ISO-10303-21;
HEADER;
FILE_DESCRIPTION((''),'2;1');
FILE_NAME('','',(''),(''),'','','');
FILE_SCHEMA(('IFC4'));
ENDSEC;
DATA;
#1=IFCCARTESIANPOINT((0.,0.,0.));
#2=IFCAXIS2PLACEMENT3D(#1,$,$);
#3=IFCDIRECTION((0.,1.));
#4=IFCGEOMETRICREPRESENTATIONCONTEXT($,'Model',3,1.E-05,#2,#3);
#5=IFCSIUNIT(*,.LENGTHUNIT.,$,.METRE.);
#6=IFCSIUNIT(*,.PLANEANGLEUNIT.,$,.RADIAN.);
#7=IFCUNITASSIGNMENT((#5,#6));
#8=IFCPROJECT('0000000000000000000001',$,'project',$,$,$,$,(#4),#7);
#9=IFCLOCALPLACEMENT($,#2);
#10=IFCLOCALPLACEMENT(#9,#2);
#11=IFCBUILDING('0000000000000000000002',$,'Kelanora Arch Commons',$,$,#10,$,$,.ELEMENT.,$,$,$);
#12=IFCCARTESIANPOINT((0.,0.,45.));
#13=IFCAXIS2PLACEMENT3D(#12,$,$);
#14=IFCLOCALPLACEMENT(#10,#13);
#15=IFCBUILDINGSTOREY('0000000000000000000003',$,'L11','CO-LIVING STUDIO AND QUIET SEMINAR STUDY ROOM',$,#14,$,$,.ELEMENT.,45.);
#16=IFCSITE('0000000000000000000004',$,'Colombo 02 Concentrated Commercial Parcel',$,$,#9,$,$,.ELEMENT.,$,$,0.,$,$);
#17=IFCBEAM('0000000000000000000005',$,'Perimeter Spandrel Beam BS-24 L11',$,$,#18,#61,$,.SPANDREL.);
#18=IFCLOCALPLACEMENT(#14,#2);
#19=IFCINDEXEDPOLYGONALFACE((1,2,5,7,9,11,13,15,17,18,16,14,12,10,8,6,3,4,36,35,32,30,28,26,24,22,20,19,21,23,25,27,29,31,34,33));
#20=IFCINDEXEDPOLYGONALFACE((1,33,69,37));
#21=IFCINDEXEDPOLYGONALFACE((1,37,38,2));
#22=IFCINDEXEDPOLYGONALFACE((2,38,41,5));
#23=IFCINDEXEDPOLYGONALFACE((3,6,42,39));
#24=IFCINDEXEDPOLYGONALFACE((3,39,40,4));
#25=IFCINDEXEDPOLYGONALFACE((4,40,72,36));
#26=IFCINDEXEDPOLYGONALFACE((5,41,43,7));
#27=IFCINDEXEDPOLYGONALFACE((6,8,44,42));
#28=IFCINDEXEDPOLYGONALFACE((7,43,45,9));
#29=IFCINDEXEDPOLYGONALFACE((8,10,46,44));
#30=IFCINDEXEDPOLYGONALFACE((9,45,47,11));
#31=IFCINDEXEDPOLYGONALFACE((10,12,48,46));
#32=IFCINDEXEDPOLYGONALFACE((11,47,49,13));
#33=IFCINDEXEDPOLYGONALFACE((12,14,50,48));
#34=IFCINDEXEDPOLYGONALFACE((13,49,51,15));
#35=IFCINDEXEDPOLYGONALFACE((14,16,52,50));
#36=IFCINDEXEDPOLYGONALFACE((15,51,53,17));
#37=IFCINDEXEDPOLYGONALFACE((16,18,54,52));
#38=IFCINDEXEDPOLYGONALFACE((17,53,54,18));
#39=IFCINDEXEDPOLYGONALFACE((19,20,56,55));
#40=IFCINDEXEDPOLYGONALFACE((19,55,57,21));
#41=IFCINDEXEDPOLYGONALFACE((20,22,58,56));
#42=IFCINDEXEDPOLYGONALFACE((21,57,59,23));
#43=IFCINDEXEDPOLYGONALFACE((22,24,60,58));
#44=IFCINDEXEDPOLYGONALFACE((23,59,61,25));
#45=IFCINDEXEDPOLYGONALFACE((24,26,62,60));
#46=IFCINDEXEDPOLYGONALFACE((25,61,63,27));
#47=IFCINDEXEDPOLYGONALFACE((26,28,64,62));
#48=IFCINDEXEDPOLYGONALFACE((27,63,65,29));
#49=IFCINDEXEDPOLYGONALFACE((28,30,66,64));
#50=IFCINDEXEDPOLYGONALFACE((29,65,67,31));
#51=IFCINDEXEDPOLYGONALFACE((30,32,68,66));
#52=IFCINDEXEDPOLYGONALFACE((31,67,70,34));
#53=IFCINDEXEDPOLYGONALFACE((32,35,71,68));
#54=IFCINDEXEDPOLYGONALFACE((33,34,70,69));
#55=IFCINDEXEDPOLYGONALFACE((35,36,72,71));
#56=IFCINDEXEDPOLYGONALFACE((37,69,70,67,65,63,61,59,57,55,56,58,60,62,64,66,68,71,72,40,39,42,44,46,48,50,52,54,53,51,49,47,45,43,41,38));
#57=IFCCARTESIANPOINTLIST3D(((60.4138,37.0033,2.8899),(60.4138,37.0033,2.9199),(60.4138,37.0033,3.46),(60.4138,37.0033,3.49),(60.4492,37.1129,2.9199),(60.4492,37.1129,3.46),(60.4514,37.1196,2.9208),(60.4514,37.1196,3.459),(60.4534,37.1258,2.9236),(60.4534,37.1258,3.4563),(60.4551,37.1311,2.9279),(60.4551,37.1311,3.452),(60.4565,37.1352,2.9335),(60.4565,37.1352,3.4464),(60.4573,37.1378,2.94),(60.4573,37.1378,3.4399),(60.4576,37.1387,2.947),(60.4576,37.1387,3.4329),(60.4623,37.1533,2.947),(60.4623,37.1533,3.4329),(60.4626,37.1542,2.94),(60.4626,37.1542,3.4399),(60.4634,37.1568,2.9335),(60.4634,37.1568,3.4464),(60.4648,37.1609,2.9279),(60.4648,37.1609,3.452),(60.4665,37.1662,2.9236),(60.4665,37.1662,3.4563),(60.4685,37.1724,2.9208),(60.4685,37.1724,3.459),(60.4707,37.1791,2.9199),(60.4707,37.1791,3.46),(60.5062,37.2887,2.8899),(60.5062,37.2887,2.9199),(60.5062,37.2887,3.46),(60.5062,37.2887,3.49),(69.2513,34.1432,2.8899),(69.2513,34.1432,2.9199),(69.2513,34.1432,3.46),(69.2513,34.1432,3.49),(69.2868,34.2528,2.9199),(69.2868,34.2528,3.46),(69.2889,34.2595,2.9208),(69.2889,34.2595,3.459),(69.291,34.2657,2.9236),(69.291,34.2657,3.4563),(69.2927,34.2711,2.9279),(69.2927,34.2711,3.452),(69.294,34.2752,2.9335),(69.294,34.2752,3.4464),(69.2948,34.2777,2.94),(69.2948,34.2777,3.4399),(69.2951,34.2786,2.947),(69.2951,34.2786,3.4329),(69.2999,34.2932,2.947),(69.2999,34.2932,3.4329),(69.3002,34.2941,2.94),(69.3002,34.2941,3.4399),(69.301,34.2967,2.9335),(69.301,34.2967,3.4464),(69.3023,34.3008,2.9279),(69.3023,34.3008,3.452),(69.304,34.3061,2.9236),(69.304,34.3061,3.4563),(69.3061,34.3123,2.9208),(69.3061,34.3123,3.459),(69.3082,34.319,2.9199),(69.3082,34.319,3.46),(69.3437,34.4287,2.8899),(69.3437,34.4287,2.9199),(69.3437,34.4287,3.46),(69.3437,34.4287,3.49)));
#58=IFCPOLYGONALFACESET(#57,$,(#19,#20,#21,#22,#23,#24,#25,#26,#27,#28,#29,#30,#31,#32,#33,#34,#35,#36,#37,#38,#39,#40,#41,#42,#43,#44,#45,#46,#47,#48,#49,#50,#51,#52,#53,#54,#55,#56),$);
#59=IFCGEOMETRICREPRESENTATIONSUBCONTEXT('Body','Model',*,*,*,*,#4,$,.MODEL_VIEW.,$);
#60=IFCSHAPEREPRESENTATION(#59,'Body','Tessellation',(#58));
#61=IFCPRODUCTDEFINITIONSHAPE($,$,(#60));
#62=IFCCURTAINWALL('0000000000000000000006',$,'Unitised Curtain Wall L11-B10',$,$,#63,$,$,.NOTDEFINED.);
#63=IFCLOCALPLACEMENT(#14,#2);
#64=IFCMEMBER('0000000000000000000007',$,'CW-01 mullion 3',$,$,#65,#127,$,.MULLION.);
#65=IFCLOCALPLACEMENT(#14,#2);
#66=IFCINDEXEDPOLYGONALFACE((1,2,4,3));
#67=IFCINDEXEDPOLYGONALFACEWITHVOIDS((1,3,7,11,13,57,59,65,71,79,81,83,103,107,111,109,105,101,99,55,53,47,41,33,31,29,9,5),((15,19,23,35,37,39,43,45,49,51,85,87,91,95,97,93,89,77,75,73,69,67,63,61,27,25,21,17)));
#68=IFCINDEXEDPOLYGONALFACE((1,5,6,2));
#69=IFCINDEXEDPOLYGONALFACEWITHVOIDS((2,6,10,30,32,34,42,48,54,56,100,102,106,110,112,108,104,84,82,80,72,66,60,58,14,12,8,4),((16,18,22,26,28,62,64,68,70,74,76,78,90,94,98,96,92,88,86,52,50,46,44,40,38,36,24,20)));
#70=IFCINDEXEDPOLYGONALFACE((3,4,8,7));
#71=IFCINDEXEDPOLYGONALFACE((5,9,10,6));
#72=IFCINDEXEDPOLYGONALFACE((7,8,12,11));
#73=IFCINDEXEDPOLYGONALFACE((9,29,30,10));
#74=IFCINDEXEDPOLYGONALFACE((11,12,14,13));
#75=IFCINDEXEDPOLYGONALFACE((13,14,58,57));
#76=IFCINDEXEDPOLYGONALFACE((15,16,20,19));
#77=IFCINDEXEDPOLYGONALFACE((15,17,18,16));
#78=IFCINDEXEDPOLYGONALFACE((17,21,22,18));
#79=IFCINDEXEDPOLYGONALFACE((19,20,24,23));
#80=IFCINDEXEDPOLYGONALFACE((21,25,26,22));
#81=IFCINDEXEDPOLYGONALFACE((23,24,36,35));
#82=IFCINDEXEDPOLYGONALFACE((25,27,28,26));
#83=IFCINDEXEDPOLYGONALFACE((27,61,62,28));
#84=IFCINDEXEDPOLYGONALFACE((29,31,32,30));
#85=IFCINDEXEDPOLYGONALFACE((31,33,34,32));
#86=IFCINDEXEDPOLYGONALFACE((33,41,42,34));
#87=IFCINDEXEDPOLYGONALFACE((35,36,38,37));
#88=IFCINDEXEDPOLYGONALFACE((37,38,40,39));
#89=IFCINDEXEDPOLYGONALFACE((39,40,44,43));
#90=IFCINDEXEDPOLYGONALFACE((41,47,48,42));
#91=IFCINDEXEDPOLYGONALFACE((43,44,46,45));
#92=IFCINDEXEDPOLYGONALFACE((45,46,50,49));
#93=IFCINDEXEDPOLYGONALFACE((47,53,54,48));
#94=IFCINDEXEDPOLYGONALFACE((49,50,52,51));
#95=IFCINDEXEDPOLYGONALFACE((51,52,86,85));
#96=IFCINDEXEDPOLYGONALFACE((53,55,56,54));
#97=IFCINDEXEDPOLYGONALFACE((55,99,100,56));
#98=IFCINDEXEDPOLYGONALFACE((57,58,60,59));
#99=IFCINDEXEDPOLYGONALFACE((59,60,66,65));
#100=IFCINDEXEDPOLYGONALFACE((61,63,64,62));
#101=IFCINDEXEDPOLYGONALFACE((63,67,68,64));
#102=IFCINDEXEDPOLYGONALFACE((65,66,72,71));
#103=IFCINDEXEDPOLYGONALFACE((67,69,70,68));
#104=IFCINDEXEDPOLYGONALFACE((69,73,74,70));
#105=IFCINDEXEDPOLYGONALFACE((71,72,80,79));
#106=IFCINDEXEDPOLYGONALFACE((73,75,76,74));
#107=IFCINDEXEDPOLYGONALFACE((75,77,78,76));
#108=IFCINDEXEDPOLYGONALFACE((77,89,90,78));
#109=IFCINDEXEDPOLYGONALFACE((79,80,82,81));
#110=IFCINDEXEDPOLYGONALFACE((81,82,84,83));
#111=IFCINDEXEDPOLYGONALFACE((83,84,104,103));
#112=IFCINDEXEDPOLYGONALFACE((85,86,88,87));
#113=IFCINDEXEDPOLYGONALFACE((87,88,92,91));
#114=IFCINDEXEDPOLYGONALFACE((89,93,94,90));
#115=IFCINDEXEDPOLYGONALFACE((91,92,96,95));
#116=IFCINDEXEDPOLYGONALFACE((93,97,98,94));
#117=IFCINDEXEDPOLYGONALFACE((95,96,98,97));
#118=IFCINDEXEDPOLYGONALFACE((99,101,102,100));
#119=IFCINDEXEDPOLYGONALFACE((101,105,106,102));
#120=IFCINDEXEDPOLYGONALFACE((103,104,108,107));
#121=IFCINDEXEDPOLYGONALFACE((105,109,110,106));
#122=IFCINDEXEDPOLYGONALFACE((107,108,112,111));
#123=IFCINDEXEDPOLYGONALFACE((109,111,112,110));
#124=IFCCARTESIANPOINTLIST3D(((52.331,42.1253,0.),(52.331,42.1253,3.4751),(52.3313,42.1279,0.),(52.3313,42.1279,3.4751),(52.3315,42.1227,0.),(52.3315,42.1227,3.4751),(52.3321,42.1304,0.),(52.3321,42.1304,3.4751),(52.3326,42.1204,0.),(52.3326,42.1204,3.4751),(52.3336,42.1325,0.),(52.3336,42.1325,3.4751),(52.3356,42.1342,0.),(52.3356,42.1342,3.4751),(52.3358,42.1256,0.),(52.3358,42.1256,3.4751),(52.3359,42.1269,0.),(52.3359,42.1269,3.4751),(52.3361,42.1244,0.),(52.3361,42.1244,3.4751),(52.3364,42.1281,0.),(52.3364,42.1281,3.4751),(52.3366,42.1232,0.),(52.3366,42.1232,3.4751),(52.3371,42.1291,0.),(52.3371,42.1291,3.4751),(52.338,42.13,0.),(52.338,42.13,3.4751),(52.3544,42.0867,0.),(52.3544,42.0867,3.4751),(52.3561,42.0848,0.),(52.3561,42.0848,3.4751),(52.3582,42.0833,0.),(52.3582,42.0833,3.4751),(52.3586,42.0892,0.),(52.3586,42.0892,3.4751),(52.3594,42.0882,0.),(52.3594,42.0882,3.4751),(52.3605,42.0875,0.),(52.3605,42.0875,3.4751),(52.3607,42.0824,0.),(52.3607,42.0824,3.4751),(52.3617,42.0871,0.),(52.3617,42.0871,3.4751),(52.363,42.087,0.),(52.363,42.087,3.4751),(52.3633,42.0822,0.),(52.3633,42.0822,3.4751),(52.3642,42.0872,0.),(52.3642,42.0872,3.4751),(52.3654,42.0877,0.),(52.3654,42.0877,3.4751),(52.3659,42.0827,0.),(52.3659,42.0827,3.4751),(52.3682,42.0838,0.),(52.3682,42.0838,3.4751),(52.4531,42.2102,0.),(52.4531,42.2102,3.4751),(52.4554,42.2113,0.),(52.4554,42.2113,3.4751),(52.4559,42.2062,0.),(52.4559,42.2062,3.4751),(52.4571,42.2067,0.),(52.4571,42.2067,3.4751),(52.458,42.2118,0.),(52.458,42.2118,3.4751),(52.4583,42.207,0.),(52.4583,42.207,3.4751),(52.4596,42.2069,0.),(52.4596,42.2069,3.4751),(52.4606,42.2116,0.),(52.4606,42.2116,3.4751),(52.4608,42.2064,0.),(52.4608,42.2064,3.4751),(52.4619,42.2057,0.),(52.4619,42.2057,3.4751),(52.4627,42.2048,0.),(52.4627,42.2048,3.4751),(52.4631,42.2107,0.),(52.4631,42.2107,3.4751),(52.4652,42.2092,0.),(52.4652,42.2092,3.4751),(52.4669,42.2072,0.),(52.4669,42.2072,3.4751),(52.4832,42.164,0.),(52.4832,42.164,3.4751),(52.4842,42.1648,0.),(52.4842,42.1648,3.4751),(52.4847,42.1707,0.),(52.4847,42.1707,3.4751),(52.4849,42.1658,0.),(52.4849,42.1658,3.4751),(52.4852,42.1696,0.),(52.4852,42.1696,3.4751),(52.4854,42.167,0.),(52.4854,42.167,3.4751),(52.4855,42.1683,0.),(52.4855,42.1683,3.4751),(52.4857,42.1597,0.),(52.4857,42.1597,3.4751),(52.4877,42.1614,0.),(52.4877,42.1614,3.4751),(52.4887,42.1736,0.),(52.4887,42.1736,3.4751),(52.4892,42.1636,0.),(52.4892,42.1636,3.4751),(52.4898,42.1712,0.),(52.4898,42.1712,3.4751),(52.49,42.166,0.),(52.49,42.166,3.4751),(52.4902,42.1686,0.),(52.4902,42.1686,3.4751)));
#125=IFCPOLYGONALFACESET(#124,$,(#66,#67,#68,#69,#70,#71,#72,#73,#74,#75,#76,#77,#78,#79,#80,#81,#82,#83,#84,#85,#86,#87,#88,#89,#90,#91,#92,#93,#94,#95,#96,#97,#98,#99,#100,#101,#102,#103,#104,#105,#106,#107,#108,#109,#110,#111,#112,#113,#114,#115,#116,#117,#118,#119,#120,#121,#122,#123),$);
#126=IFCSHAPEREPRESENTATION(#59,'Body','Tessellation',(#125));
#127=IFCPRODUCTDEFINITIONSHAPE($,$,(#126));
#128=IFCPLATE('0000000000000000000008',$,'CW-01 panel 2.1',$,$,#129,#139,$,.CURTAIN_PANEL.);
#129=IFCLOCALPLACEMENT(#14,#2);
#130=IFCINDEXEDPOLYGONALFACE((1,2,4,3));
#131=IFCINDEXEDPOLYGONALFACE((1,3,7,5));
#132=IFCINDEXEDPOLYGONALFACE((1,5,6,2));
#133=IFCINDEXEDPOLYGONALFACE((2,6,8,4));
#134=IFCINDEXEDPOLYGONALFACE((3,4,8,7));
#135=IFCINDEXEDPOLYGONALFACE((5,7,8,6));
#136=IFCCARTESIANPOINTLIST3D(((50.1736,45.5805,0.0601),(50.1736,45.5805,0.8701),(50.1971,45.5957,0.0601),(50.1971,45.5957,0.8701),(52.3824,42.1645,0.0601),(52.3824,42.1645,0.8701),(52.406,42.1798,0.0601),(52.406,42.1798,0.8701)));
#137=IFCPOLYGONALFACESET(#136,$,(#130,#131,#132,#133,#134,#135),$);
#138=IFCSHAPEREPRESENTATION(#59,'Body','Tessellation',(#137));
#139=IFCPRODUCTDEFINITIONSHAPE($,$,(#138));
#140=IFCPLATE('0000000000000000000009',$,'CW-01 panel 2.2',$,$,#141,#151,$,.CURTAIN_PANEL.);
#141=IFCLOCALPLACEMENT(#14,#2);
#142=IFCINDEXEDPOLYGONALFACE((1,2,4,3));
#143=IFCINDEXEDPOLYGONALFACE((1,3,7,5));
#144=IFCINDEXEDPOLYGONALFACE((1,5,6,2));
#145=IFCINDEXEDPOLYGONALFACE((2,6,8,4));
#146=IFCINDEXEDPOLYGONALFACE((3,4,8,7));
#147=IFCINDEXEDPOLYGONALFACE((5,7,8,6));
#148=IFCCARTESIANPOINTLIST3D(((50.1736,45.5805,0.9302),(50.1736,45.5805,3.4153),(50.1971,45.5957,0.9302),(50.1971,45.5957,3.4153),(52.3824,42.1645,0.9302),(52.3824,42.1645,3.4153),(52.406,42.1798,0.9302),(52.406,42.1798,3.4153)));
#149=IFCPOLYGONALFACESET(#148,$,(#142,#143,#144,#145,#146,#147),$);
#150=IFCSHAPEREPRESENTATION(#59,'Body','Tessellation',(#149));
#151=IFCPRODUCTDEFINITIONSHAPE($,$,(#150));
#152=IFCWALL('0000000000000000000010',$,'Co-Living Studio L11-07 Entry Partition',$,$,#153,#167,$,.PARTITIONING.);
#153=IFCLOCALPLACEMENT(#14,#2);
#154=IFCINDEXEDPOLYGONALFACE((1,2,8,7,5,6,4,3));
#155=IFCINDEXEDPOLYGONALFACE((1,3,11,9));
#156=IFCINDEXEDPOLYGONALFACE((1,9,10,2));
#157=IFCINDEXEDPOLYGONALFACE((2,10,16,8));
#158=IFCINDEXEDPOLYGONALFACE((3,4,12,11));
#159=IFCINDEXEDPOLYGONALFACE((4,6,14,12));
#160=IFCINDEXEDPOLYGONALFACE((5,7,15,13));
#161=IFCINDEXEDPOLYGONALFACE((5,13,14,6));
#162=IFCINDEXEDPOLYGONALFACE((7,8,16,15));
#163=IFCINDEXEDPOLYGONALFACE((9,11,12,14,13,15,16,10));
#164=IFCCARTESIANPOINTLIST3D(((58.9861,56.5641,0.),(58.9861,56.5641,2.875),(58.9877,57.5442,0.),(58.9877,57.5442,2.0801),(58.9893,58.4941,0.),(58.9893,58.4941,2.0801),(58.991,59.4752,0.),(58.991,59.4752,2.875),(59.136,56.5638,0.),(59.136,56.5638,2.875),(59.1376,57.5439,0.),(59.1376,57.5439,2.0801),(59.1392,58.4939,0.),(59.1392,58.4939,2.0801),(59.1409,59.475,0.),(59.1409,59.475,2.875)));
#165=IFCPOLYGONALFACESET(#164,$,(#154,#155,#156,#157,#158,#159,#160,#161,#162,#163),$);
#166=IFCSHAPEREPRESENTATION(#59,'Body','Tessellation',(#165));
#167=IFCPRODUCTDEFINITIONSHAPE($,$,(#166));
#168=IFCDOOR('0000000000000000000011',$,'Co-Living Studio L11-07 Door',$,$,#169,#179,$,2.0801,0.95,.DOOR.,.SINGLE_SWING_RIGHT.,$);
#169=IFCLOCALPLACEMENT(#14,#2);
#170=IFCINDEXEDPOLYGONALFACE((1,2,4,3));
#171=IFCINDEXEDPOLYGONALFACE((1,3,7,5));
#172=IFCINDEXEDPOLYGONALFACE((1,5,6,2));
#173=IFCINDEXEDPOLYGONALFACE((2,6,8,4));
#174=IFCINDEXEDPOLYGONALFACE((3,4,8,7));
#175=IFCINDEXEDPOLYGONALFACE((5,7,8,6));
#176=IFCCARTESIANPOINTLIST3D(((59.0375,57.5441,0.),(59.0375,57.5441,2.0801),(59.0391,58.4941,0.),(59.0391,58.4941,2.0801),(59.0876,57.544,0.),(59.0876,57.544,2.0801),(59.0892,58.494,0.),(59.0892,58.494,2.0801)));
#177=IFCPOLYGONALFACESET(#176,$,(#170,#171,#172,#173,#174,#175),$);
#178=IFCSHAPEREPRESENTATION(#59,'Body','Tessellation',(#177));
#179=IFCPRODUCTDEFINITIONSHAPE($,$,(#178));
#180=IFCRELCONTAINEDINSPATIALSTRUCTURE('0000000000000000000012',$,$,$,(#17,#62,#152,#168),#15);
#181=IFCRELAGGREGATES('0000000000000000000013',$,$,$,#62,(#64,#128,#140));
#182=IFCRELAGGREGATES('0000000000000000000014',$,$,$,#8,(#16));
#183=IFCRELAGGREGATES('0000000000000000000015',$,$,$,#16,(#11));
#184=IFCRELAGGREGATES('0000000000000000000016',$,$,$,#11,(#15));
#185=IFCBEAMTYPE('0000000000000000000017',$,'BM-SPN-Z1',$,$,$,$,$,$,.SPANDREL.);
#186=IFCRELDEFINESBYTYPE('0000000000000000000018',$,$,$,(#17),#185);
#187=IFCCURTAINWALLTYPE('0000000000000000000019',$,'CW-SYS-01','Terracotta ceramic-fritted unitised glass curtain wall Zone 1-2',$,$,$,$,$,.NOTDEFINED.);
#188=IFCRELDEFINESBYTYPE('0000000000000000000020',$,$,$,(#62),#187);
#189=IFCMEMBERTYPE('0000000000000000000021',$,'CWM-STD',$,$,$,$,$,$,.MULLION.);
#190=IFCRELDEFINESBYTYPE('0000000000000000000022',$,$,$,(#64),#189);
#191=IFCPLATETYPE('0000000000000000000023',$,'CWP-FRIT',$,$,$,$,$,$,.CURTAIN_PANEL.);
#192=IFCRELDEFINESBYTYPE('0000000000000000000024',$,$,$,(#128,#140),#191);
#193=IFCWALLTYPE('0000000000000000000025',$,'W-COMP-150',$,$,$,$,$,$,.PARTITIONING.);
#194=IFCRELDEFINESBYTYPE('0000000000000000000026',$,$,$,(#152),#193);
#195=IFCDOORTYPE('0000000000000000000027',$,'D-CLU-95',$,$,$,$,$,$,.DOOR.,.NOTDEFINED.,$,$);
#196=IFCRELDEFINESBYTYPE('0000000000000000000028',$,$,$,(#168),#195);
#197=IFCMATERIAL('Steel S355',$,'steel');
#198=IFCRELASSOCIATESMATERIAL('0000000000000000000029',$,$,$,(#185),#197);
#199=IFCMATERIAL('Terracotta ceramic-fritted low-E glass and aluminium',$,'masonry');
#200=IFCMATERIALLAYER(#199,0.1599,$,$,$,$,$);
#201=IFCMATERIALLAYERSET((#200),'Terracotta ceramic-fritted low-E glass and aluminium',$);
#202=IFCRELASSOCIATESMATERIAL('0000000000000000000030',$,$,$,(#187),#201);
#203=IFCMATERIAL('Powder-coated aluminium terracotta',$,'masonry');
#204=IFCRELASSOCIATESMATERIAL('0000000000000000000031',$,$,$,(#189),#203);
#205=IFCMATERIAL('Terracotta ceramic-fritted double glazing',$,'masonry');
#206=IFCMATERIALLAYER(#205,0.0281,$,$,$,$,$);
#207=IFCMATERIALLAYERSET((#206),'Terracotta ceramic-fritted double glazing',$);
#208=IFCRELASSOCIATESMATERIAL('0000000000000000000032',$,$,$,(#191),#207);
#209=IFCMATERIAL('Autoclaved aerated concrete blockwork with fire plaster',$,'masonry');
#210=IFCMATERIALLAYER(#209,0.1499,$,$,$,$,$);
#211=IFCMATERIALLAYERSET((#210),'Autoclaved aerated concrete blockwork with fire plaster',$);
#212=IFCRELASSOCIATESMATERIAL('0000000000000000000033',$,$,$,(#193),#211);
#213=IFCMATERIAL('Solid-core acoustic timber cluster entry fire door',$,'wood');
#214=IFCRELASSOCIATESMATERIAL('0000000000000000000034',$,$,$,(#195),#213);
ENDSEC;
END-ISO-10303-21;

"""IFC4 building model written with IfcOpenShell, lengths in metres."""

from ifc_helpers import new_model, si_unit, direction, frame, frame_2d, origin, origin_2d, place, context, subcontext, project, spatial, rectangle, hollow_rectangle, i_section, extrude, source, transform, mapped, material, layer, layer_set, material_profile, profile_set, type_object, element, fill, aggregate, save


model = new_model("IFC4")

# Units and contexts
model_context = context("Model", 3, precision=1e-05, world=origin(), true_north=direction((0.0, 1.0)))
body_context = subcontext(model_context, "Body", "Model", "MODEL_VIEW")
ifc_project = project(units=[si_unit("LENGTHUNIT", "METRE"), si_unit("PLANEANGLEUNIT", "RADIAN")], contexts=[model_context])

# Site, building, storey
site_placement = place(None, origin())
site = spatial("IfcSite", under=ifc_project, at=site_placement, Name="Colombo 02 Concentrated Commercial Parcel", CompositionType="ELEMENT", RefElevation=0.0)
building_placement = place(site_placement, origin())
building = spatial("IfcBuilding", under=site, at=building_placement, Name="Kelanora Arch Commons", CompositionType="ELEMENT")
storey_placement = place(building_placement, frame((0.0, 0.0, 45.0)))
storey = spatial("IfcBuildingStorey", under=building, at=storey_placement, Name="L11", Description="CO-LIVING STUDIO AND QUIET SEMINAR STUDY ROOM", CompositionType="ELEMENT", Elevation=45.0)

# Beam
ifc_material_1 = material(Name="Steel S355", Category="steel")
ifc_material_profile_1 = material_profile(ifc_material_1, i_section(OverallWidth=0.3, OverallDepth=0.6001, WebThickness=0.0154, FlangeThickness=0.03, FilletRadius=0.0271, at=origin_2d()), Name="HEB600")
ifc_profile_set_1 = profile_set([ifc_material_profile_1], Name="Steel S355")
beam_type_1 = type_object("IfcBeamType", Name="BM-SPN-Z1", PredefinedType="SPANDREL", material=ifc_profile_set_1)
beam_1_placement = place(storey_placement, frame((60.46, 37.146, 3.1899), z_axis=(0.951417, -0.307905, 0.0), x_axis=(0.307905, 0.951417, 0.0)))
element("IfcBeam", 1, at=beam_1_placement, inside=storey, type_object=beam_type_1, Name="Perimeter Spandrel Beam BS-24 L11", PredefinedType="SPANDREL", context=body_context, shape_type="SweptSolid", body=[
    extrude(i_section(OverallWidth=0.3, OverallDepth=0.6001, WebThickness=0.0154, FlangeThickness=0.03, FilletRadius=0.0271, at=origin_2d()), origin(), (0.0, 0.0, 1.0), 9.2888),
])

# Curtain wall, member, plates
ifc_material_2 = material(Name="Terracotta ceramic-fritted low-E glass and aluminium", Category="masonry")
ifc_layer_1 = layer(ifc_material_2, 0.1599)
ifc_layer_set_1 = layer_set([ifc_layer_1], Name="Terracotta ceramic-fritted low-E glass and aluminium")
curtain_wall_type = type_object("IfcCurtainWallType", Name="CW-SYS-01", Description="Terracotta ceramic-fritted unitised glass curtain wall Zone 1-2", PredefinedType="NOTDEFINED", material=ifc_layer_set_1)
curtain_wall_placement = place(storey_placement, origin())
curtain_wall = element("IfcCurtainWall", 2, at=curtain_wall_placement, inside=storey, type_object=curtain_wall_type, Name="Unitised Curtain Wall L11-B10", PredefinedType="NOTDEFINED")
ifc_material_3 = material(Name="Powder-coated aluminium terracotta", Category="masonry")
ifc_material_profile_2 = material_profile(ifc_material_3, hollow_rectangle(XDim=0.1599, YDim=0.0601, WallThickness=0.0049, InnerFilletRadius=0.0049, OuterFilletRadius=0.01, at=origin_2d()), Name="CWM160x60")
ifc_profile_set_2 = profile_set([ifc_material_profile_2], Name="Powder-coated aluminium terracotta")
member_type = type_object("IfcMemberType", Name="CWM-STD", PredefinedType="MULLION", material=ifc_profile_set_2)
member_placement = place(storey_placement, frame((52.4106, 42.147, 0.0), z_axis=(0.0, 0.0, 1.0), x_axis=(0.83973, 0.543004, 0.0)))
member = element("IfcMember", 3, at=member_placement, type_object=member_type, Name="CW-01 mullion 3", PredefinedType="MULLION", context=body_context, shape_type="SweptSolid", body=[
    extrude(hollow_rectangle(XDim=0.1599, YDim=0.0601, WallThickness=0.0049, InnerFilletRadius=0.0049, OuterFilletRadius=0.01, at=origin_2d()), origin(), (0.0, 0.0, 1.0), 3.4751),
])
ifc_material_4 = material(Name="Terracotta ceramic-fritted double glazing", Category="masonry")
ifc_layer_2 = layer(ifc_material_4, 0.0281)
ifc_layer_set_2 = layer_set([ifc_layer_2], Name="Terracotta ceramic-fritted double glazing")
plate_type = type_object("IfcPlateType", Name="CWP-FRIT", PredefinedType="CURTAIN_PANEL", material=ifc_layer_set_2)
shared_shape_1 = source(origin(), body_context, "Body", "SweptSolid", [
    extrude(rectangle(XDim=4.0679, YDim=0.0281, at=origin_2d()), origin(), (0.0, 0.0, 1.0), 0.8101),
])
plate_1_placement = place(storey_placement, frame((51.2898, 43.8801, 0.0601), z_axis=(0.0, 0.0, 1.0), x_axis=(0.543004, -0.83973, 0.0)))
plate_1 = element("IfcPlate", 4, at=plate_1_placement, type_object=plate_type, Name="CW-01 panel 2.1", PredefinedType="CURTAIN_PANEL", context=body_context, shape_type="MappedRepresentation", body=[
    mapped(shared_shape_1, transform((0.0, 0.0, 0.0), scale=1.0)),
])
shared_shape_2 = source(origin(), body_context, "Body", "SweptSolid", [
    extrude(rectangle(XDim=4.0679, YDim=0.0281, at=origin_2d()), origin(), (0.0, 0.0, 1.0), 2.4851),
])
plate_2_placement = place(storey_placement, frame((51.2898, 43.8801, 0.9302), z_axis=(0.0, 0.0, 1.0), x_axis=(0.543004, -0.83973, 0.0)))
plate_2 = element("IfcPlate", 5, at=plate_2_placement, type_object=plate_type, Name="CW-01 panel 2.2", PredefinedType="CURTAIN_PANEL", context=body_context, shape_type="MappedRepresentation", body=[
    mapped(shared_shape_2, transform((0.0, 0.0, 0.0), scale=1.0)),
])
aggregate(curtain_wall, [member, plate_1, plate_2])

# Wall, opening, door
ifc_material_5 = material(Name="Autoclaved aerated concrete blockwork with fire plaster", Category="masonry")
ifc_layer_3 = layer(ifc_material_5, 0.1499)
ifc_layer_set_3 = layer_set([ifc_layer_3], Name="Autoclaved aerated concrete blockwork with fire plaster")
wall_type_1 = type_object("IfcWallType", Name="W-COMP-150", PredefinedType="PARTITIONING", material=ifc_layer_set_3)
wall_1_placement = place(storey_placement, frame((59.0659, 59.4751, 0.0), z_axis=(0.0, 0.0, 1.0), x_axis=(-0.001677, -0.999999, 0.0)))
wall_1 = element("IfcWall", 6, at=wall_1_placement, inside=storey, type_object=wall_type_1, Name="Co-Living Studio L11-07 Entry Partition", PredefinedType="PARTITIONING", context=body_context, shape_type="SweptSolid", body=[
    extrude(rectangle(XDim=2.9111, YDim=0.1499, at=frame_2d((1.4556, 0.0))), origin(), (0.0, 0.0, 1.0), 2.875),
])
opening_1_placement = place(wall_1_placement, frame((0.981, 0.0, 0.0)))
opening_1 = element("IfcOpeningElement", 7, at=opening_1_placement, cuts=wall_1, PredefinedType="OPENING", context=body_context, shape_type="SweptSolid", body=[
    extrude(rectangle(XDim=0.95, YDim=2.0801, at=frame_2d((0.4751, 1.04))), frame((0.0, 0.085, 0.0), z_axis=(0.0, -1.0, 0.0), x_axis=(1.0, 0.0, 0.0)), (0.0, 0.0, 1.0), 0.1699),
])
ifc_material_6 = material(Name="Solid-core acoustic timber cluster entry fire door", Category="wood")
door_type_1 = type_object("IfcDoorType", Name="D-CLU-95", OperationType="NOTDEFINED", PredefinedType="DOOR", material=ifc_material_6)
door_1_placement = place(opening_1_placement, origin())
door_1 = element("IfcDoor", 8, at=door_1_placement, inside=storey, type_object=door_type_1, Name="Co-Living Studio L11-07 Door", OperationType="SINGLE_SWING_RIGHT", OverallHeight=2.0801, OverallWidth=0.95, PredefinedType="DOOR", context=body_context, shape_type="SweptSolid", body=[
    extrude(rectangle(XDim=0.95, YDim=2.0801, at=frame_2d((0.4751, 1.04))), frame((0.0, 0.0249, 0.0), z_axis=(0.0, -1.0, 0.0), x_axis=(1.0, 0.0, 0.0)), (0.0, 0.0, 1.0), 0.05),
])
fill(opening_1, door_1)

save(model, "model.ifc")
